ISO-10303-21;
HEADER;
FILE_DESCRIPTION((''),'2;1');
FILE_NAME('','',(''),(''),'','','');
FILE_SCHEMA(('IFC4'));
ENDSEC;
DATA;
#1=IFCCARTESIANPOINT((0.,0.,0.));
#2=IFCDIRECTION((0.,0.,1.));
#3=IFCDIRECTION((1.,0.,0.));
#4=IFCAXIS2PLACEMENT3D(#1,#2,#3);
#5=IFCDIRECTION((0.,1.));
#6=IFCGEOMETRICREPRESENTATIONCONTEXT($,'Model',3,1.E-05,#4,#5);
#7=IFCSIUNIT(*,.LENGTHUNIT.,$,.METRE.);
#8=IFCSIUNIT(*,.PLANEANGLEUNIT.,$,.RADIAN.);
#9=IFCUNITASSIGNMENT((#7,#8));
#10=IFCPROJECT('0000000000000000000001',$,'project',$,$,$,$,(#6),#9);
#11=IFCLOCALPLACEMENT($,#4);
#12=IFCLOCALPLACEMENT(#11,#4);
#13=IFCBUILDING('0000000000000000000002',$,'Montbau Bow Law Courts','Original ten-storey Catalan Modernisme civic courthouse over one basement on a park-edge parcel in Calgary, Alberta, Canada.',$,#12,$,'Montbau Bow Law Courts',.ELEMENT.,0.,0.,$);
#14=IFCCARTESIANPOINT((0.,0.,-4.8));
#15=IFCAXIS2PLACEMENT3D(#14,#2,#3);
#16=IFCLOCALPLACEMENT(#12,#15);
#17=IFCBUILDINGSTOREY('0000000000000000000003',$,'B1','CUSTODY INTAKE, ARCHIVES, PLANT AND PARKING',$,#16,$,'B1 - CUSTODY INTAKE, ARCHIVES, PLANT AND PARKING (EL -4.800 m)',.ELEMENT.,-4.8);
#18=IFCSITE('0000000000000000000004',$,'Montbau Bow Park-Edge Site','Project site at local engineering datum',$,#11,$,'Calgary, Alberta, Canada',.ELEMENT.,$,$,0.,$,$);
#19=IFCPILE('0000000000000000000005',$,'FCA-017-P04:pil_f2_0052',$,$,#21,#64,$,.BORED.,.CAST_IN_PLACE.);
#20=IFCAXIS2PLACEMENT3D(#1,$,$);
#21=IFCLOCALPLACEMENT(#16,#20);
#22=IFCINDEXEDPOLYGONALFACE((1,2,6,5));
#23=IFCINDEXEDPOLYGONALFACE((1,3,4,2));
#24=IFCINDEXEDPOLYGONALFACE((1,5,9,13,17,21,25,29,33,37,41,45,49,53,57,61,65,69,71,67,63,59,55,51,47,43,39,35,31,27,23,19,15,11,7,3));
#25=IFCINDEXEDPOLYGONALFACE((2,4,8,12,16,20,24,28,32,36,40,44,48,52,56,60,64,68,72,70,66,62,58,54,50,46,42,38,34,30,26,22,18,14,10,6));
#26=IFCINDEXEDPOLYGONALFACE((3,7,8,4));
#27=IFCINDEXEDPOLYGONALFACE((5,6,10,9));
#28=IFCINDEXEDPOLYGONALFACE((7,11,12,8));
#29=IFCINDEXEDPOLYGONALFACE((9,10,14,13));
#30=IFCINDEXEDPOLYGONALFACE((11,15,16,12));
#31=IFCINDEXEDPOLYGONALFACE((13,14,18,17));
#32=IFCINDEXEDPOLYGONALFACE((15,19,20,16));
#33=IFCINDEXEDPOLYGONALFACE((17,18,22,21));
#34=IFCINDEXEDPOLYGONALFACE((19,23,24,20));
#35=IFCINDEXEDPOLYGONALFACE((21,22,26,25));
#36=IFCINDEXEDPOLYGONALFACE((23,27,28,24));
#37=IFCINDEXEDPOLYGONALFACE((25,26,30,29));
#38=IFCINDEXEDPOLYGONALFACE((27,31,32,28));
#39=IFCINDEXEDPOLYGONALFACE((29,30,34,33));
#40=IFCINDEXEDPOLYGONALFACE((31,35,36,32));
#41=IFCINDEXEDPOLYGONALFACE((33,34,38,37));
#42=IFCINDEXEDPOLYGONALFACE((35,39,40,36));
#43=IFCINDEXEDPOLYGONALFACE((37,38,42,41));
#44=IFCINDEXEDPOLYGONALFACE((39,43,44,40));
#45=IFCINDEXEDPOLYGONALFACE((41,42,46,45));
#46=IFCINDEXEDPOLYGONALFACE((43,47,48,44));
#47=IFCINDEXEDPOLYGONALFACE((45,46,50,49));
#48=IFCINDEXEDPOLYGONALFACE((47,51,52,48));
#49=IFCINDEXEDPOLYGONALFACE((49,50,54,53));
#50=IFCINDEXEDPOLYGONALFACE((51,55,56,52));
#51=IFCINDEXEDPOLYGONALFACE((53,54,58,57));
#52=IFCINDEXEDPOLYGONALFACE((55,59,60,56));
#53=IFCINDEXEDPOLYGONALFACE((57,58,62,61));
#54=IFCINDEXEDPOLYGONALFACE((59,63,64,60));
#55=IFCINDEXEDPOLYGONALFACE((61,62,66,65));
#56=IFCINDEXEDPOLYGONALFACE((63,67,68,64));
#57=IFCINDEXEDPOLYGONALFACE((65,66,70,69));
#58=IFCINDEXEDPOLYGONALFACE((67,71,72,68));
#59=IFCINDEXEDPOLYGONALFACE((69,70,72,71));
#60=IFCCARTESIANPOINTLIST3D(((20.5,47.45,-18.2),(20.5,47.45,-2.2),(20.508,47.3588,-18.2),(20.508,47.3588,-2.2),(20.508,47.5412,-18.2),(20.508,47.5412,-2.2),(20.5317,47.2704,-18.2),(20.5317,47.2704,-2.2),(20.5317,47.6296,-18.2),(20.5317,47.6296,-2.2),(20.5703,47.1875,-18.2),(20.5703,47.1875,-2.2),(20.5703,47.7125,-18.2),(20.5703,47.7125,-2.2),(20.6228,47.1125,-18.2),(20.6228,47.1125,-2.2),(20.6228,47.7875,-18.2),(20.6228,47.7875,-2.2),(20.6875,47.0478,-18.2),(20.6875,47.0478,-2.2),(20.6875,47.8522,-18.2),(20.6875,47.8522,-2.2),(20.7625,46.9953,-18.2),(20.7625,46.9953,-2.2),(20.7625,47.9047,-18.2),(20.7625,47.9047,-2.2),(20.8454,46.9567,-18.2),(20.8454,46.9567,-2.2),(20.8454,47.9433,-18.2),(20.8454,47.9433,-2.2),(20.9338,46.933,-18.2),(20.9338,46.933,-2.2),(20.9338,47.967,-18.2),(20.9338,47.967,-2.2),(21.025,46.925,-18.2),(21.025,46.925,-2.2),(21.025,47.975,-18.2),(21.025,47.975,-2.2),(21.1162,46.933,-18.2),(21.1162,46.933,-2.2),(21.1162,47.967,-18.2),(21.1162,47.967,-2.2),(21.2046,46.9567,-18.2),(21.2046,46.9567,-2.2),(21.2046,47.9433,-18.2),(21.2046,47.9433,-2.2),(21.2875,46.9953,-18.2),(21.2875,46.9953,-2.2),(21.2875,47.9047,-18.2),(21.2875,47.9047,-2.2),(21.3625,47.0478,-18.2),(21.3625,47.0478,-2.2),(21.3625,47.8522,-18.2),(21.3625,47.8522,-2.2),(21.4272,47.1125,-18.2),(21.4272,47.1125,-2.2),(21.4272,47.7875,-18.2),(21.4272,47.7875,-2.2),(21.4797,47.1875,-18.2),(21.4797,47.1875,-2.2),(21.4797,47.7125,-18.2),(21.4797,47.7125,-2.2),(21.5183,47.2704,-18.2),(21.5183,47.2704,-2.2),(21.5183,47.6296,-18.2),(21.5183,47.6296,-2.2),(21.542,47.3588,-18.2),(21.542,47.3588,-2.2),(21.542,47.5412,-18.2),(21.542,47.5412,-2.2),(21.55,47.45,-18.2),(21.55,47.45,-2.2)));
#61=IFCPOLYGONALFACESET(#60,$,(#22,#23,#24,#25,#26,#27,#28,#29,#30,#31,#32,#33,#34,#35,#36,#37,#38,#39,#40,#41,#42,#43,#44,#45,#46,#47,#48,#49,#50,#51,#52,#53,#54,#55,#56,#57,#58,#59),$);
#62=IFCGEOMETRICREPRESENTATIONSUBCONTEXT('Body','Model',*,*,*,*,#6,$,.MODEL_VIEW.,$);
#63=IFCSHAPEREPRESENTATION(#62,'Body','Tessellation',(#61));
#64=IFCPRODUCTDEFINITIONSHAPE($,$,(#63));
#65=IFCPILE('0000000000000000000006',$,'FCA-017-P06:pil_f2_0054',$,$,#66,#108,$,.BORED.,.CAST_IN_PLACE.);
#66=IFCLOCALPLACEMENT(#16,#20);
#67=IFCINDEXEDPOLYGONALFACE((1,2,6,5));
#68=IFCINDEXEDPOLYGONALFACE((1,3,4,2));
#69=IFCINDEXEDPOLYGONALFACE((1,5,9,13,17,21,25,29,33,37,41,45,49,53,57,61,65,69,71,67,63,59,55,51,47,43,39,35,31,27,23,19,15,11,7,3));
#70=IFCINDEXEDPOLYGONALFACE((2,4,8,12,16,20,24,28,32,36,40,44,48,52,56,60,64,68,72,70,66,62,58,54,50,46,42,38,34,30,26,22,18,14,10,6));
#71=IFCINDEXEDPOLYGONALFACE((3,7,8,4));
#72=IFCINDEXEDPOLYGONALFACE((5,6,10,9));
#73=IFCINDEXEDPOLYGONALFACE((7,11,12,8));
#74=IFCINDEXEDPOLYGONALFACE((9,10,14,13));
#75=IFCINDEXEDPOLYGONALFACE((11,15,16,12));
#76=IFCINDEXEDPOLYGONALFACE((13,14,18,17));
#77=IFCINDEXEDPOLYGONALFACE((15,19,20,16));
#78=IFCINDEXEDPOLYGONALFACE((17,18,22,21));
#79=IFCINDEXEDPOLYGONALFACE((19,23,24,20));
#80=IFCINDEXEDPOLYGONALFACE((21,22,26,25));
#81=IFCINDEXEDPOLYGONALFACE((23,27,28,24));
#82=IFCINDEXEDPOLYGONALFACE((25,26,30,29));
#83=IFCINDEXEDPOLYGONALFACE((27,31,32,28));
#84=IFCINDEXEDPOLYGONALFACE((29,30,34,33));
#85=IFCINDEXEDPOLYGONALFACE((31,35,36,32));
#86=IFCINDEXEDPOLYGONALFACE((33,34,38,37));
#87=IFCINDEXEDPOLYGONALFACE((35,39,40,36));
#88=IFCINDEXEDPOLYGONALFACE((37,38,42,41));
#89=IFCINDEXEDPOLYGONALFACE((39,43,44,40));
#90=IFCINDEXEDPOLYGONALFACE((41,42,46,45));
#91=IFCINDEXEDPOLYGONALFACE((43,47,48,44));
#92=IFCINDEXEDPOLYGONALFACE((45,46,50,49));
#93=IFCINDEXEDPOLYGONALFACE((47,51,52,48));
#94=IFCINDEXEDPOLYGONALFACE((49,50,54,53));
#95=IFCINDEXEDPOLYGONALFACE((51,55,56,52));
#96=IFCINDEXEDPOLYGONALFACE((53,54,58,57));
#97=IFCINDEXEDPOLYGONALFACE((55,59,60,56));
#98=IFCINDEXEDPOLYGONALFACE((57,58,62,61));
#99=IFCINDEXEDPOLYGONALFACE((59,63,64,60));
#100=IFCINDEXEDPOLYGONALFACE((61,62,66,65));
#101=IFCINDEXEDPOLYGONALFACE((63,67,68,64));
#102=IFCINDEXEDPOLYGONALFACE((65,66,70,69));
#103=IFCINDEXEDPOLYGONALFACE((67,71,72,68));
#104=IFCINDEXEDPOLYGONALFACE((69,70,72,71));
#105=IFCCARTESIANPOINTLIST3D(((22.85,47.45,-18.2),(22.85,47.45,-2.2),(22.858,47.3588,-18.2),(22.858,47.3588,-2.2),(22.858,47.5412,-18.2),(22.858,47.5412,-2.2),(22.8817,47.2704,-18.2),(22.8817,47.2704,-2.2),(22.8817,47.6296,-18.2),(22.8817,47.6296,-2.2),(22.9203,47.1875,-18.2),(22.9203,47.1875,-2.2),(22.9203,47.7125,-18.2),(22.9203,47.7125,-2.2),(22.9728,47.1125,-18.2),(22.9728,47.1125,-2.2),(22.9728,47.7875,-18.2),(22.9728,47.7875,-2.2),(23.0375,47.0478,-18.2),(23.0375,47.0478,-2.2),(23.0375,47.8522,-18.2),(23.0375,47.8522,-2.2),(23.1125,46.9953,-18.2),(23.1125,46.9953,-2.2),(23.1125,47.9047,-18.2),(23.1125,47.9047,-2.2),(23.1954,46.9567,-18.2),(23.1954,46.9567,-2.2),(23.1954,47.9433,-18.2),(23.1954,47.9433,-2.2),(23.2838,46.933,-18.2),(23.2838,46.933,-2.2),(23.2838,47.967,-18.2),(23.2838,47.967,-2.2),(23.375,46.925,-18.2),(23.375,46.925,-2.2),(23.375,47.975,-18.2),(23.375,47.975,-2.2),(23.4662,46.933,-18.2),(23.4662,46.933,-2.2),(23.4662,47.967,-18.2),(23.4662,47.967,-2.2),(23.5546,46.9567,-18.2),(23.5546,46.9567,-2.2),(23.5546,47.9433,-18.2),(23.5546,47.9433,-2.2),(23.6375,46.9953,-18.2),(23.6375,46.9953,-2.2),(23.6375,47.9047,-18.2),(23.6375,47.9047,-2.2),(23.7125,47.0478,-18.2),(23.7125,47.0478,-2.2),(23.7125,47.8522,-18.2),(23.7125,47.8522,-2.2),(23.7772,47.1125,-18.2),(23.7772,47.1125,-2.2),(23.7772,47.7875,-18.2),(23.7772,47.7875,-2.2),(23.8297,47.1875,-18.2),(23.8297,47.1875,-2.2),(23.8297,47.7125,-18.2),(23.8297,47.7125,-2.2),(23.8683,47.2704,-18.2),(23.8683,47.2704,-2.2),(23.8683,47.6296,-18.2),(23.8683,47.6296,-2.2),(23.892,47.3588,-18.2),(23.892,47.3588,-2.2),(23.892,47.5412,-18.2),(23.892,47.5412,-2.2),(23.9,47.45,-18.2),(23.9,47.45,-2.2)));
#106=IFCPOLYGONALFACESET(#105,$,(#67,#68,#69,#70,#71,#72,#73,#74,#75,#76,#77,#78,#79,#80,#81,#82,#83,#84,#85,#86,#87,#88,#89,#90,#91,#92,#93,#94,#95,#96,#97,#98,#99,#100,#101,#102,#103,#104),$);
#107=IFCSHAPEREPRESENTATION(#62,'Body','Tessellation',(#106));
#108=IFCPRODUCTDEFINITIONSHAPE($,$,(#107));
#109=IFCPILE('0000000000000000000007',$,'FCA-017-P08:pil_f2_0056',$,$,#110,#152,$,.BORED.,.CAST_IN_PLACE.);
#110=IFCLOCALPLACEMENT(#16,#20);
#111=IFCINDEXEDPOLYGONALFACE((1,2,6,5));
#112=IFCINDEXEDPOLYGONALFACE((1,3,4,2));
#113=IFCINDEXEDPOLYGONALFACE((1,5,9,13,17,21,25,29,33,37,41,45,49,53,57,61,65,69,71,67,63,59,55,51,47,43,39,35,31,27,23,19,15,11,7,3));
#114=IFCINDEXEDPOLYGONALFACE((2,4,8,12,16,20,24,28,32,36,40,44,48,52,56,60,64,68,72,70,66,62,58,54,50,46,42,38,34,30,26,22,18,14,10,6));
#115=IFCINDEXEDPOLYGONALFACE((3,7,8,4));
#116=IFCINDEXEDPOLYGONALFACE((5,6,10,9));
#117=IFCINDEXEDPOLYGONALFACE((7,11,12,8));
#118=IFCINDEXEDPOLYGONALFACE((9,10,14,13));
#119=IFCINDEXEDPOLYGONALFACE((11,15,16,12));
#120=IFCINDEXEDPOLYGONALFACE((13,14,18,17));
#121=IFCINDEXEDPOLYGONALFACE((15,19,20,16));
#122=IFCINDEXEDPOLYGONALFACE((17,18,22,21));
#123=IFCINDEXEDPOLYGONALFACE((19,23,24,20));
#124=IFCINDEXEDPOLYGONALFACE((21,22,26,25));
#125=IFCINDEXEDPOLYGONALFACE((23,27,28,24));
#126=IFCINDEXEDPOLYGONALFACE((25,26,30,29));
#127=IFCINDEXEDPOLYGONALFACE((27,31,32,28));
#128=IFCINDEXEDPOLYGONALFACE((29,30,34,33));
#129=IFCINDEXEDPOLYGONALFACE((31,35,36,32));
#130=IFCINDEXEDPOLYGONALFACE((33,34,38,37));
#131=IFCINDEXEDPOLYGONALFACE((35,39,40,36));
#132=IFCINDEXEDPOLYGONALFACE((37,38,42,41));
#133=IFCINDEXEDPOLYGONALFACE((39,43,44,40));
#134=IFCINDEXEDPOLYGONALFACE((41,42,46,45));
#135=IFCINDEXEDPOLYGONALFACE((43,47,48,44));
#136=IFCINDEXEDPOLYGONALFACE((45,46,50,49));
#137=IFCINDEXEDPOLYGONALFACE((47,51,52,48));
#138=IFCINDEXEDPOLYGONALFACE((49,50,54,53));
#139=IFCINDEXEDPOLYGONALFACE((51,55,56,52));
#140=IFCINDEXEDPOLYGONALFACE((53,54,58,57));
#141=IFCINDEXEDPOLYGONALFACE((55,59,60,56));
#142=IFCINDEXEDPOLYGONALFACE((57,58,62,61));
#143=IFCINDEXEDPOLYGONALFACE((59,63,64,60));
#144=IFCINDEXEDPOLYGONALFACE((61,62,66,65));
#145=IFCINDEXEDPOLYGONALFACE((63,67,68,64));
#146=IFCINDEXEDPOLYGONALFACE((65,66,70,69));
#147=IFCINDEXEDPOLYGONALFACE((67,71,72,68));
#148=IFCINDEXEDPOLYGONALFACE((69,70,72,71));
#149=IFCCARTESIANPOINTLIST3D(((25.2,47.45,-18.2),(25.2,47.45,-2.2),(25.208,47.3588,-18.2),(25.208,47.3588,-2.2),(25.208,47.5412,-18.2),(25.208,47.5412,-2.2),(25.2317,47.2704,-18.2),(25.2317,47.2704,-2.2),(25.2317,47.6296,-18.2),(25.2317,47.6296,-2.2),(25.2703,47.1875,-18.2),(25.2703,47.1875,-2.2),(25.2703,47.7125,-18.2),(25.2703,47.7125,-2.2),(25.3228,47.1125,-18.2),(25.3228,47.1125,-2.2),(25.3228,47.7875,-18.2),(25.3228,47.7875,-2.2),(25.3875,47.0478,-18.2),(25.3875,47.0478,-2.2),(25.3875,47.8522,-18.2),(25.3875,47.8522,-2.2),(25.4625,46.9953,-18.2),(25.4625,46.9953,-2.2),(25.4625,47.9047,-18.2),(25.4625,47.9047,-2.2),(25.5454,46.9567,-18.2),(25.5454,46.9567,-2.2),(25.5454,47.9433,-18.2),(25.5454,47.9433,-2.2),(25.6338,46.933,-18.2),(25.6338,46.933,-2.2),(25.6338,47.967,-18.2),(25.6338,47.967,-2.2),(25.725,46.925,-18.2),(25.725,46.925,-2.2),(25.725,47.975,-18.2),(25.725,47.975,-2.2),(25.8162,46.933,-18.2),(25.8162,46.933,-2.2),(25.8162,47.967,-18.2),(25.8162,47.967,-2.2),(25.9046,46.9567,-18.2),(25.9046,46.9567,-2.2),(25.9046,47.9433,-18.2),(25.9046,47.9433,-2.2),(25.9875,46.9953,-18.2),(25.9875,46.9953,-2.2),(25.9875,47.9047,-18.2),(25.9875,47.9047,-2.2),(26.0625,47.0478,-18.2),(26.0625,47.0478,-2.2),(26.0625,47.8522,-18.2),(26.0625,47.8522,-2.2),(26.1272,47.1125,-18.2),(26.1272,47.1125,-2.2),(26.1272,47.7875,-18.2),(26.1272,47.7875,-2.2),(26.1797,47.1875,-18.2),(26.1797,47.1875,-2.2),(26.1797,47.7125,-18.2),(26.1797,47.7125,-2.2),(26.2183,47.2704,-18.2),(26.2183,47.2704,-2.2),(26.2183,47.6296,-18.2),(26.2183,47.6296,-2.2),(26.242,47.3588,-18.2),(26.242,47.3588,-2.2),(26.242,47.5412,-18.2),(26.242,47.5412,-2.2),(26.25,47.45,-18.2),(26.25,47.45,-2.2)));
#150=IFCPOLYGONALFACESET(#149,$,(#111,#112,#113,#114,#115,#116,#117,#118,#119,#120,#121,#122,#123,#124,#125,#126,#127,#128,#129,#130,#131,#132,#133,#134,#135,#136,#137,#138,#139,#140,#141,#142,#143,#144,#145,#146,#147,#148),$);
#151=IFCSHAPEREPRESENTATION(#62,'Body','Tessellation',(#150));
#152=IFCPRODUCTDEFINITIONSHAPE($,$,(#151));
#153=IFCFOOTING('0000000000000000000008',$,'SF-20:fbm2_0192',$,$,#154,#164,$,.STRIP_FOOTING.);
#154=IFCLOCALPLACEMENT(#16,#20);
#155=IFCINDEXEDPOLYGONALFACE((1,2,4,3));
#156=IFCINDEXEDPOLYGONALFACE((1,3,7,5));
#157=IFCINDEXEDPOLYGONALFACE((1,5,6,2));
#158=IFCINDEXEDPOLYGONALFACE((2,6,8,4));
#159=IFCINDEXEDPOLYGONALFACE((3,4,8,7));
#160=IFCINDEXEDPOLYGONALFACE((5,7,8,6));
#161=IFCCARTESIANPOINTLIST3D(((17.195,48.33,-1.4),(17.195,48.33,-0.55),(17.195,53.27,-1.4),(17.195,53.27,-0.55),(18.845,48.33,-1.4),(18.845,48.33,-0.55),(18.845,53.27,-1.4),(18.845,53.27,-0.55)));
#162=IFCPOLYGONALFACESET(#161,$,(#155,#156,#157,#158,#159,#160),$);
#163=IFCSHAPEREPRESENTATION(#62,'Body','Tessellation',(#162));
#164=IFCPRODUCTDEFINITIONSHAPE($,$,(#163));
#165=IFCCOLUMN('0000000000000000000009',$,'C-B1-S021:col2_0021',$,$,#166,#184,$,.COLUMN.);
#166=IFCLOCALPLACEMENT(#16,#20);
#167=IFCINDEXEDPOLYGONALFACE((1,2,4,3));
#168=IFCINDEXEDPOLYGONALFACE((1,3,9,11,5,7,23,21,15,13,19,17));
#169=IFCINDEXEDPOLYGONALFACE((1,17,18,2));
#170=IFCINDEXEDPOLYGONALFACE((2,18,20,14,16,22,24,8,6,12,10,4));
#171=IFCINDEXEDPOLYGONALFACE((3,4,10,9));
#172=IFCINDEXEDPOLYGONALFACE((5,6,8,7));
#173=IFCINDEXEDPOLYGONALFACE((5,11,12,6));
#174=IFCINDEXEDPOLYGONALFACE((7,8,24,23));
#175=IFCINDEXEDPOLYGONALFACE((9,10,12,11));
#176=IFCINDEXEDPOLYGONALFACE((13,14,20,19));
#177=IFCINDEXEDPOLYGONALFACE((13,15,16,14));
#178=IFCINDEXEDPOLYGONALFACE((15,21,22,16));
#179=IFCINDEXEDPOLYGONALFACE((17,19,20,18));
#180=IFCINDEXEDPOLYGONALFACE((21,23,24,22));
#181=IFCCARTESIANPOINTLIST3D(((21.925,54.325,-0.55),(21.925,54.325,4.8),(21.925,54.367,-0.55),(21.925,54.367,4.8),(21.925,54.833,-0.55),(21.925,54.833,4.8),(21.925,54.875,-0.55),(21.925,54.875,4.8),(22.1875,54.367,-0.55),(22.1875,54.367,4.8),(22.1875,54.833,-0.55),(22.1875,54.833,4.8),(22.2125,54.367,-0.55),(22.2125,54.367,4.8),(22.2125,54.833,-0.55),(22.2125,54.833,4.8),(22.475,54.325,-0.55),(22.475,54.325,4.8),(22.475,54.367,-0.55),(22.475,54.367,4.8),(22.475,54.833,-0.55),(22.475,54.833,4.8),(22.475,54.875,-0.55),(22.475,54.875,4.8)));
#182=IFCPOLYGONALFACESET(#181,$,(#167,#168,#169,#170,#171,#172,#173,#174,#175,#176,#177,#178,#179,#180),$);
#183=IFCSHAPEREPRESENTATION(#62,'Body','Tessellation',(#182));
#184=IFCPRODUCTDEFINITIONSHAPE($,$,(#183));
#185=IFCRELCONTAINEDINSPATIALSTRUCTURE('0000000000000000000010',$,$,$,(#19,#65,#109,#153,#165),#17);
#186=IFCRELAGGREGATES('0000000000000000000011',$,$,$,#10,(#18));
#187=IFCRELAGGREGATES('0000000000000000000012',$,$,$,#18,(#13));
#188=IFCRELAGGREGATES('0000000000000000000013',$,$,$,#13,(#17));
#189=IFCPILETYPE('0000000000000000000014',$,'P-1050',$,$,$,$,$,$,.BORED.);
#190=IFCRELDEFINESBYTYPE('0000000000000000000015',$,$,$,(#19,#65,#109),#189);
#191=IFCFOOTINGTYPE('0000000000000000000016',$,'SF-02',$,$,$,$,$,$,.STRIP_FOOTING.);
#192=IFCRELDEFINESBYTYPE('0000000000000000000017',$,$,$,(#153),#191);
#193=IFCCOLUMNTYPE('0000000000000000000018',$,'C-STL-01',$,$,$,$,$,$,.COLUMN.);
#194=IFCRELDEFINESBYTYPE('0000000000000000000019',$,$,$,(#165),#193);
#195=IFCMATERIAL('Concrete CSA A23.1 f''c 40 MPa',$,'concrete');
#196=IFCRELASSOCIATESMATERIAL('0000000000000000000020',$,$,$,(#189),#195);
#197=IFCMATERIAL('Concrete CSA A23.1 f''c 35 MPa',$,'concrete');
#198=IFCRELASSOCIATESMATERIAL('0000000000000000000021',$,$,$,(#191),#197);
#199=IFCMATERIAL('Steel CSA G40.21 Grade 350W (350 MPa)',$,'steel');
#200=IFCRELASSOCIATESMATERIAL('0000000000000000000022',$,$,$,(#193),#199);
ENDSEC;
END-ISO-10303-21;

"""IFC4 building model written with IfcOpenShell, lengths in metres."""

from ifc_helpers import new_model, si_unit, direction, frame, origin_with_axes, origin_2d_with_axis, place, context, subcontext, project, spatial, rectangle, circle, i_section, extrude, material, material_profile, profile_set, type_object, element, save


model = new_model("IFC4")

# Units and contexts
model_context = context("Model", 3, precision=1e-05, world=origin_with_axes(), true_north=direction((0.0, 1.0)))
body_context = subcontext(model_context, "Body", "Model", "MODEL_VIEW")
ifc_project = project(units=[si_unit("LENGTHUNIT", "METRE"), si_unit("PLANEANGLEUNIT", "RADIAN")], contexts=[model_context])

# Site, building, storey
site_placement = place(None, origin_with_axes())
site = spatial("IfcSite", under=ifc_project, at=site_placement, Name="Montbau Bow Park-Edge Site", Description="Project site at local engineering datum", LongName="Calgary, Alberta, Canada", CompositionType="ELEMENT", RefElevation=0.0)
building_placement = place(site_placement, origin_with_axes())
building = spatial("IfcBuilding", under=site, at=building_placement, Name="Montbau Bow Law Courts", Description="Original ten-storey Catalan Modernisme civic courthouse over one basement on a park-edge parcel in Calgary, Alberta, Canada.", LongName="Montbau Bow Law Courts", CompositionType="ELEMENT", ElevationOfRefHeight=0.0, ElevationOfTerrain=0.0)
storey_placement = place(building_placement, frame((0.0, 0.0, -4.8), z_axis=(0.0, 0.0, 1.0), x_axis=(1.0, 0.0, 0.0)))
storey = spatial("IfcBuildingStorey", under=building, at=storey_placement, Name="B1", Description="CUSTODY INTAKE, ARCHIVES, PLANT AND PARKING", LongName="B1 - CUSTODY INTAKE, ARCHIVES, PLANT AND PARKING (EL -4.800 m)", CompositionType="ELEMENT", Elevation=-4.8)

# Shared definitions
ifc_material_1 = material(Name="Concrete CSA A23.1 f'c 35 MPa", Category="concrete")

# Piles
ifc_material_2 = material(Name="Concrete CSA A23.1 f'c 40 MPa", Category="concrete")
ifc_material_profile_1 = material_profile(ifc_material_2, circle(Radius=0.525, at=origin_2d_with_axis()), Name="BP1050", Category="Main", Priority=0)
ifc_profile_set_1 = profile_set([ifc_material_profile_1], Name="Concrete CSA A23.1 f'c 40 MPa")
pile_type_1 = type_object("IfcPileType", Name="P-1050", PredefinedType="BORED", material=ifc_profile_set_1)
for number, where, z_axis, x_axis, name in (
    (1, (21.025, 47.45, -23.0), (0.0, 0.0, 1.0), (1.0, 0.0, 0.0), "FCA-017-P04:pil_f2_0052"),
    (2, (23.375, 47.45, -23.0), (0.0, 0.0, 1.0), (1.0, 0.0, 0.0), "FCA-017-P06:pil_f2_0054"),
    (3, (25.725, 47.45, -23.0), (0.0, 0.0, 1.0), (1.0, 0.0, 0.0), "FCA-017-P08:pil_f2_0056"),
):
    element("IfcPile", number, at=place(None, frame(where, z_axis=z_axis, x_axis=x_axis)), inside=storey, type_object=pile_type_1, Name=name, ConstructionType="CAST_IN_PLACE", PredefinedType="BORED", context=body_context, shape_type="SweptSolid", body=[
        extrude(circle(Radius=0.525, at=origin_2d_with_axis()), origin_with_axes(), (0.0, 0.0, 1.0), 16.0),
    ])

# Footing
footing_type_1 = type_object("IfcFootingType", Name="SF-02", PredefinedType="STRIP_FOOTING", material=ifc_material_1)
footing_1_placement = place(None, frame((18.02, 50.8, -6.2), z_axis=(0.0, 0.0, 1.0), x_axis=(0.0, 1.0, 0.0)))
element("IfcFooting", 4, at=footing_1_placement, inside=storey, type_object=footing_type_1, Name="SF-20:fbm2_0192", PredefinedType="STRIP_FOOTING", context=body_context, shape_type="SweptSolid", body=[
    extrude(rectangle(XDim=4.94, YDim=1.65, at=origin_2d_with_axis()), origin_with_axes(), (0.0, 0.0, 1.0), 0.85),
])

# Column
ifc_material_3 = material(Name="Steel CSA G40.21 Grade 350W (350 MPa)", Category="steel")
ifc_material_profile_2 = material_profile(ifc_material_3, i_section(OverallWidth=0.55, OverallDepth=0.55, WebThickness=0.025, FlangeThickness=0.042, at=origin_2d_with_axis()), Name="WWF550X420", Category="Main", Priority=0)
ifc_profile_set_2 = profile_set([ifc_material_profile_2], Name="Steel CSA G40.21 Grade 350W (350 MPa)")
column_type_1 = type_object("IfcColumnType", Name="C-STL-01", PredefinedType="COLUMN", material=ifc_profile_set_2)
column_1_placement = place(None, frame((22.2, 54.6, -5.35), z_axis=(0.0, 0.0, 1.0), x_axis=(1.0, 0.0, 0.0)))
element("IfcColumn", 5, at=column_1_placement, inside=storey, type_object=column_type_1, Name="C-B1-S021:col2_0021", PredefinedType="COLUMN", context=body_context, shape_type="SweptSolid", body=[
    extrude(i_section(OverallWidth=0.55, OverallDepth=0.55, WebThickness=0.025, FlangeThickness=0.042, at=origin_2d_with_axis()), origin_with_axes(), (0.0, 0.0, 1.0), 5.35),
])

save(model, "model.ifc")
